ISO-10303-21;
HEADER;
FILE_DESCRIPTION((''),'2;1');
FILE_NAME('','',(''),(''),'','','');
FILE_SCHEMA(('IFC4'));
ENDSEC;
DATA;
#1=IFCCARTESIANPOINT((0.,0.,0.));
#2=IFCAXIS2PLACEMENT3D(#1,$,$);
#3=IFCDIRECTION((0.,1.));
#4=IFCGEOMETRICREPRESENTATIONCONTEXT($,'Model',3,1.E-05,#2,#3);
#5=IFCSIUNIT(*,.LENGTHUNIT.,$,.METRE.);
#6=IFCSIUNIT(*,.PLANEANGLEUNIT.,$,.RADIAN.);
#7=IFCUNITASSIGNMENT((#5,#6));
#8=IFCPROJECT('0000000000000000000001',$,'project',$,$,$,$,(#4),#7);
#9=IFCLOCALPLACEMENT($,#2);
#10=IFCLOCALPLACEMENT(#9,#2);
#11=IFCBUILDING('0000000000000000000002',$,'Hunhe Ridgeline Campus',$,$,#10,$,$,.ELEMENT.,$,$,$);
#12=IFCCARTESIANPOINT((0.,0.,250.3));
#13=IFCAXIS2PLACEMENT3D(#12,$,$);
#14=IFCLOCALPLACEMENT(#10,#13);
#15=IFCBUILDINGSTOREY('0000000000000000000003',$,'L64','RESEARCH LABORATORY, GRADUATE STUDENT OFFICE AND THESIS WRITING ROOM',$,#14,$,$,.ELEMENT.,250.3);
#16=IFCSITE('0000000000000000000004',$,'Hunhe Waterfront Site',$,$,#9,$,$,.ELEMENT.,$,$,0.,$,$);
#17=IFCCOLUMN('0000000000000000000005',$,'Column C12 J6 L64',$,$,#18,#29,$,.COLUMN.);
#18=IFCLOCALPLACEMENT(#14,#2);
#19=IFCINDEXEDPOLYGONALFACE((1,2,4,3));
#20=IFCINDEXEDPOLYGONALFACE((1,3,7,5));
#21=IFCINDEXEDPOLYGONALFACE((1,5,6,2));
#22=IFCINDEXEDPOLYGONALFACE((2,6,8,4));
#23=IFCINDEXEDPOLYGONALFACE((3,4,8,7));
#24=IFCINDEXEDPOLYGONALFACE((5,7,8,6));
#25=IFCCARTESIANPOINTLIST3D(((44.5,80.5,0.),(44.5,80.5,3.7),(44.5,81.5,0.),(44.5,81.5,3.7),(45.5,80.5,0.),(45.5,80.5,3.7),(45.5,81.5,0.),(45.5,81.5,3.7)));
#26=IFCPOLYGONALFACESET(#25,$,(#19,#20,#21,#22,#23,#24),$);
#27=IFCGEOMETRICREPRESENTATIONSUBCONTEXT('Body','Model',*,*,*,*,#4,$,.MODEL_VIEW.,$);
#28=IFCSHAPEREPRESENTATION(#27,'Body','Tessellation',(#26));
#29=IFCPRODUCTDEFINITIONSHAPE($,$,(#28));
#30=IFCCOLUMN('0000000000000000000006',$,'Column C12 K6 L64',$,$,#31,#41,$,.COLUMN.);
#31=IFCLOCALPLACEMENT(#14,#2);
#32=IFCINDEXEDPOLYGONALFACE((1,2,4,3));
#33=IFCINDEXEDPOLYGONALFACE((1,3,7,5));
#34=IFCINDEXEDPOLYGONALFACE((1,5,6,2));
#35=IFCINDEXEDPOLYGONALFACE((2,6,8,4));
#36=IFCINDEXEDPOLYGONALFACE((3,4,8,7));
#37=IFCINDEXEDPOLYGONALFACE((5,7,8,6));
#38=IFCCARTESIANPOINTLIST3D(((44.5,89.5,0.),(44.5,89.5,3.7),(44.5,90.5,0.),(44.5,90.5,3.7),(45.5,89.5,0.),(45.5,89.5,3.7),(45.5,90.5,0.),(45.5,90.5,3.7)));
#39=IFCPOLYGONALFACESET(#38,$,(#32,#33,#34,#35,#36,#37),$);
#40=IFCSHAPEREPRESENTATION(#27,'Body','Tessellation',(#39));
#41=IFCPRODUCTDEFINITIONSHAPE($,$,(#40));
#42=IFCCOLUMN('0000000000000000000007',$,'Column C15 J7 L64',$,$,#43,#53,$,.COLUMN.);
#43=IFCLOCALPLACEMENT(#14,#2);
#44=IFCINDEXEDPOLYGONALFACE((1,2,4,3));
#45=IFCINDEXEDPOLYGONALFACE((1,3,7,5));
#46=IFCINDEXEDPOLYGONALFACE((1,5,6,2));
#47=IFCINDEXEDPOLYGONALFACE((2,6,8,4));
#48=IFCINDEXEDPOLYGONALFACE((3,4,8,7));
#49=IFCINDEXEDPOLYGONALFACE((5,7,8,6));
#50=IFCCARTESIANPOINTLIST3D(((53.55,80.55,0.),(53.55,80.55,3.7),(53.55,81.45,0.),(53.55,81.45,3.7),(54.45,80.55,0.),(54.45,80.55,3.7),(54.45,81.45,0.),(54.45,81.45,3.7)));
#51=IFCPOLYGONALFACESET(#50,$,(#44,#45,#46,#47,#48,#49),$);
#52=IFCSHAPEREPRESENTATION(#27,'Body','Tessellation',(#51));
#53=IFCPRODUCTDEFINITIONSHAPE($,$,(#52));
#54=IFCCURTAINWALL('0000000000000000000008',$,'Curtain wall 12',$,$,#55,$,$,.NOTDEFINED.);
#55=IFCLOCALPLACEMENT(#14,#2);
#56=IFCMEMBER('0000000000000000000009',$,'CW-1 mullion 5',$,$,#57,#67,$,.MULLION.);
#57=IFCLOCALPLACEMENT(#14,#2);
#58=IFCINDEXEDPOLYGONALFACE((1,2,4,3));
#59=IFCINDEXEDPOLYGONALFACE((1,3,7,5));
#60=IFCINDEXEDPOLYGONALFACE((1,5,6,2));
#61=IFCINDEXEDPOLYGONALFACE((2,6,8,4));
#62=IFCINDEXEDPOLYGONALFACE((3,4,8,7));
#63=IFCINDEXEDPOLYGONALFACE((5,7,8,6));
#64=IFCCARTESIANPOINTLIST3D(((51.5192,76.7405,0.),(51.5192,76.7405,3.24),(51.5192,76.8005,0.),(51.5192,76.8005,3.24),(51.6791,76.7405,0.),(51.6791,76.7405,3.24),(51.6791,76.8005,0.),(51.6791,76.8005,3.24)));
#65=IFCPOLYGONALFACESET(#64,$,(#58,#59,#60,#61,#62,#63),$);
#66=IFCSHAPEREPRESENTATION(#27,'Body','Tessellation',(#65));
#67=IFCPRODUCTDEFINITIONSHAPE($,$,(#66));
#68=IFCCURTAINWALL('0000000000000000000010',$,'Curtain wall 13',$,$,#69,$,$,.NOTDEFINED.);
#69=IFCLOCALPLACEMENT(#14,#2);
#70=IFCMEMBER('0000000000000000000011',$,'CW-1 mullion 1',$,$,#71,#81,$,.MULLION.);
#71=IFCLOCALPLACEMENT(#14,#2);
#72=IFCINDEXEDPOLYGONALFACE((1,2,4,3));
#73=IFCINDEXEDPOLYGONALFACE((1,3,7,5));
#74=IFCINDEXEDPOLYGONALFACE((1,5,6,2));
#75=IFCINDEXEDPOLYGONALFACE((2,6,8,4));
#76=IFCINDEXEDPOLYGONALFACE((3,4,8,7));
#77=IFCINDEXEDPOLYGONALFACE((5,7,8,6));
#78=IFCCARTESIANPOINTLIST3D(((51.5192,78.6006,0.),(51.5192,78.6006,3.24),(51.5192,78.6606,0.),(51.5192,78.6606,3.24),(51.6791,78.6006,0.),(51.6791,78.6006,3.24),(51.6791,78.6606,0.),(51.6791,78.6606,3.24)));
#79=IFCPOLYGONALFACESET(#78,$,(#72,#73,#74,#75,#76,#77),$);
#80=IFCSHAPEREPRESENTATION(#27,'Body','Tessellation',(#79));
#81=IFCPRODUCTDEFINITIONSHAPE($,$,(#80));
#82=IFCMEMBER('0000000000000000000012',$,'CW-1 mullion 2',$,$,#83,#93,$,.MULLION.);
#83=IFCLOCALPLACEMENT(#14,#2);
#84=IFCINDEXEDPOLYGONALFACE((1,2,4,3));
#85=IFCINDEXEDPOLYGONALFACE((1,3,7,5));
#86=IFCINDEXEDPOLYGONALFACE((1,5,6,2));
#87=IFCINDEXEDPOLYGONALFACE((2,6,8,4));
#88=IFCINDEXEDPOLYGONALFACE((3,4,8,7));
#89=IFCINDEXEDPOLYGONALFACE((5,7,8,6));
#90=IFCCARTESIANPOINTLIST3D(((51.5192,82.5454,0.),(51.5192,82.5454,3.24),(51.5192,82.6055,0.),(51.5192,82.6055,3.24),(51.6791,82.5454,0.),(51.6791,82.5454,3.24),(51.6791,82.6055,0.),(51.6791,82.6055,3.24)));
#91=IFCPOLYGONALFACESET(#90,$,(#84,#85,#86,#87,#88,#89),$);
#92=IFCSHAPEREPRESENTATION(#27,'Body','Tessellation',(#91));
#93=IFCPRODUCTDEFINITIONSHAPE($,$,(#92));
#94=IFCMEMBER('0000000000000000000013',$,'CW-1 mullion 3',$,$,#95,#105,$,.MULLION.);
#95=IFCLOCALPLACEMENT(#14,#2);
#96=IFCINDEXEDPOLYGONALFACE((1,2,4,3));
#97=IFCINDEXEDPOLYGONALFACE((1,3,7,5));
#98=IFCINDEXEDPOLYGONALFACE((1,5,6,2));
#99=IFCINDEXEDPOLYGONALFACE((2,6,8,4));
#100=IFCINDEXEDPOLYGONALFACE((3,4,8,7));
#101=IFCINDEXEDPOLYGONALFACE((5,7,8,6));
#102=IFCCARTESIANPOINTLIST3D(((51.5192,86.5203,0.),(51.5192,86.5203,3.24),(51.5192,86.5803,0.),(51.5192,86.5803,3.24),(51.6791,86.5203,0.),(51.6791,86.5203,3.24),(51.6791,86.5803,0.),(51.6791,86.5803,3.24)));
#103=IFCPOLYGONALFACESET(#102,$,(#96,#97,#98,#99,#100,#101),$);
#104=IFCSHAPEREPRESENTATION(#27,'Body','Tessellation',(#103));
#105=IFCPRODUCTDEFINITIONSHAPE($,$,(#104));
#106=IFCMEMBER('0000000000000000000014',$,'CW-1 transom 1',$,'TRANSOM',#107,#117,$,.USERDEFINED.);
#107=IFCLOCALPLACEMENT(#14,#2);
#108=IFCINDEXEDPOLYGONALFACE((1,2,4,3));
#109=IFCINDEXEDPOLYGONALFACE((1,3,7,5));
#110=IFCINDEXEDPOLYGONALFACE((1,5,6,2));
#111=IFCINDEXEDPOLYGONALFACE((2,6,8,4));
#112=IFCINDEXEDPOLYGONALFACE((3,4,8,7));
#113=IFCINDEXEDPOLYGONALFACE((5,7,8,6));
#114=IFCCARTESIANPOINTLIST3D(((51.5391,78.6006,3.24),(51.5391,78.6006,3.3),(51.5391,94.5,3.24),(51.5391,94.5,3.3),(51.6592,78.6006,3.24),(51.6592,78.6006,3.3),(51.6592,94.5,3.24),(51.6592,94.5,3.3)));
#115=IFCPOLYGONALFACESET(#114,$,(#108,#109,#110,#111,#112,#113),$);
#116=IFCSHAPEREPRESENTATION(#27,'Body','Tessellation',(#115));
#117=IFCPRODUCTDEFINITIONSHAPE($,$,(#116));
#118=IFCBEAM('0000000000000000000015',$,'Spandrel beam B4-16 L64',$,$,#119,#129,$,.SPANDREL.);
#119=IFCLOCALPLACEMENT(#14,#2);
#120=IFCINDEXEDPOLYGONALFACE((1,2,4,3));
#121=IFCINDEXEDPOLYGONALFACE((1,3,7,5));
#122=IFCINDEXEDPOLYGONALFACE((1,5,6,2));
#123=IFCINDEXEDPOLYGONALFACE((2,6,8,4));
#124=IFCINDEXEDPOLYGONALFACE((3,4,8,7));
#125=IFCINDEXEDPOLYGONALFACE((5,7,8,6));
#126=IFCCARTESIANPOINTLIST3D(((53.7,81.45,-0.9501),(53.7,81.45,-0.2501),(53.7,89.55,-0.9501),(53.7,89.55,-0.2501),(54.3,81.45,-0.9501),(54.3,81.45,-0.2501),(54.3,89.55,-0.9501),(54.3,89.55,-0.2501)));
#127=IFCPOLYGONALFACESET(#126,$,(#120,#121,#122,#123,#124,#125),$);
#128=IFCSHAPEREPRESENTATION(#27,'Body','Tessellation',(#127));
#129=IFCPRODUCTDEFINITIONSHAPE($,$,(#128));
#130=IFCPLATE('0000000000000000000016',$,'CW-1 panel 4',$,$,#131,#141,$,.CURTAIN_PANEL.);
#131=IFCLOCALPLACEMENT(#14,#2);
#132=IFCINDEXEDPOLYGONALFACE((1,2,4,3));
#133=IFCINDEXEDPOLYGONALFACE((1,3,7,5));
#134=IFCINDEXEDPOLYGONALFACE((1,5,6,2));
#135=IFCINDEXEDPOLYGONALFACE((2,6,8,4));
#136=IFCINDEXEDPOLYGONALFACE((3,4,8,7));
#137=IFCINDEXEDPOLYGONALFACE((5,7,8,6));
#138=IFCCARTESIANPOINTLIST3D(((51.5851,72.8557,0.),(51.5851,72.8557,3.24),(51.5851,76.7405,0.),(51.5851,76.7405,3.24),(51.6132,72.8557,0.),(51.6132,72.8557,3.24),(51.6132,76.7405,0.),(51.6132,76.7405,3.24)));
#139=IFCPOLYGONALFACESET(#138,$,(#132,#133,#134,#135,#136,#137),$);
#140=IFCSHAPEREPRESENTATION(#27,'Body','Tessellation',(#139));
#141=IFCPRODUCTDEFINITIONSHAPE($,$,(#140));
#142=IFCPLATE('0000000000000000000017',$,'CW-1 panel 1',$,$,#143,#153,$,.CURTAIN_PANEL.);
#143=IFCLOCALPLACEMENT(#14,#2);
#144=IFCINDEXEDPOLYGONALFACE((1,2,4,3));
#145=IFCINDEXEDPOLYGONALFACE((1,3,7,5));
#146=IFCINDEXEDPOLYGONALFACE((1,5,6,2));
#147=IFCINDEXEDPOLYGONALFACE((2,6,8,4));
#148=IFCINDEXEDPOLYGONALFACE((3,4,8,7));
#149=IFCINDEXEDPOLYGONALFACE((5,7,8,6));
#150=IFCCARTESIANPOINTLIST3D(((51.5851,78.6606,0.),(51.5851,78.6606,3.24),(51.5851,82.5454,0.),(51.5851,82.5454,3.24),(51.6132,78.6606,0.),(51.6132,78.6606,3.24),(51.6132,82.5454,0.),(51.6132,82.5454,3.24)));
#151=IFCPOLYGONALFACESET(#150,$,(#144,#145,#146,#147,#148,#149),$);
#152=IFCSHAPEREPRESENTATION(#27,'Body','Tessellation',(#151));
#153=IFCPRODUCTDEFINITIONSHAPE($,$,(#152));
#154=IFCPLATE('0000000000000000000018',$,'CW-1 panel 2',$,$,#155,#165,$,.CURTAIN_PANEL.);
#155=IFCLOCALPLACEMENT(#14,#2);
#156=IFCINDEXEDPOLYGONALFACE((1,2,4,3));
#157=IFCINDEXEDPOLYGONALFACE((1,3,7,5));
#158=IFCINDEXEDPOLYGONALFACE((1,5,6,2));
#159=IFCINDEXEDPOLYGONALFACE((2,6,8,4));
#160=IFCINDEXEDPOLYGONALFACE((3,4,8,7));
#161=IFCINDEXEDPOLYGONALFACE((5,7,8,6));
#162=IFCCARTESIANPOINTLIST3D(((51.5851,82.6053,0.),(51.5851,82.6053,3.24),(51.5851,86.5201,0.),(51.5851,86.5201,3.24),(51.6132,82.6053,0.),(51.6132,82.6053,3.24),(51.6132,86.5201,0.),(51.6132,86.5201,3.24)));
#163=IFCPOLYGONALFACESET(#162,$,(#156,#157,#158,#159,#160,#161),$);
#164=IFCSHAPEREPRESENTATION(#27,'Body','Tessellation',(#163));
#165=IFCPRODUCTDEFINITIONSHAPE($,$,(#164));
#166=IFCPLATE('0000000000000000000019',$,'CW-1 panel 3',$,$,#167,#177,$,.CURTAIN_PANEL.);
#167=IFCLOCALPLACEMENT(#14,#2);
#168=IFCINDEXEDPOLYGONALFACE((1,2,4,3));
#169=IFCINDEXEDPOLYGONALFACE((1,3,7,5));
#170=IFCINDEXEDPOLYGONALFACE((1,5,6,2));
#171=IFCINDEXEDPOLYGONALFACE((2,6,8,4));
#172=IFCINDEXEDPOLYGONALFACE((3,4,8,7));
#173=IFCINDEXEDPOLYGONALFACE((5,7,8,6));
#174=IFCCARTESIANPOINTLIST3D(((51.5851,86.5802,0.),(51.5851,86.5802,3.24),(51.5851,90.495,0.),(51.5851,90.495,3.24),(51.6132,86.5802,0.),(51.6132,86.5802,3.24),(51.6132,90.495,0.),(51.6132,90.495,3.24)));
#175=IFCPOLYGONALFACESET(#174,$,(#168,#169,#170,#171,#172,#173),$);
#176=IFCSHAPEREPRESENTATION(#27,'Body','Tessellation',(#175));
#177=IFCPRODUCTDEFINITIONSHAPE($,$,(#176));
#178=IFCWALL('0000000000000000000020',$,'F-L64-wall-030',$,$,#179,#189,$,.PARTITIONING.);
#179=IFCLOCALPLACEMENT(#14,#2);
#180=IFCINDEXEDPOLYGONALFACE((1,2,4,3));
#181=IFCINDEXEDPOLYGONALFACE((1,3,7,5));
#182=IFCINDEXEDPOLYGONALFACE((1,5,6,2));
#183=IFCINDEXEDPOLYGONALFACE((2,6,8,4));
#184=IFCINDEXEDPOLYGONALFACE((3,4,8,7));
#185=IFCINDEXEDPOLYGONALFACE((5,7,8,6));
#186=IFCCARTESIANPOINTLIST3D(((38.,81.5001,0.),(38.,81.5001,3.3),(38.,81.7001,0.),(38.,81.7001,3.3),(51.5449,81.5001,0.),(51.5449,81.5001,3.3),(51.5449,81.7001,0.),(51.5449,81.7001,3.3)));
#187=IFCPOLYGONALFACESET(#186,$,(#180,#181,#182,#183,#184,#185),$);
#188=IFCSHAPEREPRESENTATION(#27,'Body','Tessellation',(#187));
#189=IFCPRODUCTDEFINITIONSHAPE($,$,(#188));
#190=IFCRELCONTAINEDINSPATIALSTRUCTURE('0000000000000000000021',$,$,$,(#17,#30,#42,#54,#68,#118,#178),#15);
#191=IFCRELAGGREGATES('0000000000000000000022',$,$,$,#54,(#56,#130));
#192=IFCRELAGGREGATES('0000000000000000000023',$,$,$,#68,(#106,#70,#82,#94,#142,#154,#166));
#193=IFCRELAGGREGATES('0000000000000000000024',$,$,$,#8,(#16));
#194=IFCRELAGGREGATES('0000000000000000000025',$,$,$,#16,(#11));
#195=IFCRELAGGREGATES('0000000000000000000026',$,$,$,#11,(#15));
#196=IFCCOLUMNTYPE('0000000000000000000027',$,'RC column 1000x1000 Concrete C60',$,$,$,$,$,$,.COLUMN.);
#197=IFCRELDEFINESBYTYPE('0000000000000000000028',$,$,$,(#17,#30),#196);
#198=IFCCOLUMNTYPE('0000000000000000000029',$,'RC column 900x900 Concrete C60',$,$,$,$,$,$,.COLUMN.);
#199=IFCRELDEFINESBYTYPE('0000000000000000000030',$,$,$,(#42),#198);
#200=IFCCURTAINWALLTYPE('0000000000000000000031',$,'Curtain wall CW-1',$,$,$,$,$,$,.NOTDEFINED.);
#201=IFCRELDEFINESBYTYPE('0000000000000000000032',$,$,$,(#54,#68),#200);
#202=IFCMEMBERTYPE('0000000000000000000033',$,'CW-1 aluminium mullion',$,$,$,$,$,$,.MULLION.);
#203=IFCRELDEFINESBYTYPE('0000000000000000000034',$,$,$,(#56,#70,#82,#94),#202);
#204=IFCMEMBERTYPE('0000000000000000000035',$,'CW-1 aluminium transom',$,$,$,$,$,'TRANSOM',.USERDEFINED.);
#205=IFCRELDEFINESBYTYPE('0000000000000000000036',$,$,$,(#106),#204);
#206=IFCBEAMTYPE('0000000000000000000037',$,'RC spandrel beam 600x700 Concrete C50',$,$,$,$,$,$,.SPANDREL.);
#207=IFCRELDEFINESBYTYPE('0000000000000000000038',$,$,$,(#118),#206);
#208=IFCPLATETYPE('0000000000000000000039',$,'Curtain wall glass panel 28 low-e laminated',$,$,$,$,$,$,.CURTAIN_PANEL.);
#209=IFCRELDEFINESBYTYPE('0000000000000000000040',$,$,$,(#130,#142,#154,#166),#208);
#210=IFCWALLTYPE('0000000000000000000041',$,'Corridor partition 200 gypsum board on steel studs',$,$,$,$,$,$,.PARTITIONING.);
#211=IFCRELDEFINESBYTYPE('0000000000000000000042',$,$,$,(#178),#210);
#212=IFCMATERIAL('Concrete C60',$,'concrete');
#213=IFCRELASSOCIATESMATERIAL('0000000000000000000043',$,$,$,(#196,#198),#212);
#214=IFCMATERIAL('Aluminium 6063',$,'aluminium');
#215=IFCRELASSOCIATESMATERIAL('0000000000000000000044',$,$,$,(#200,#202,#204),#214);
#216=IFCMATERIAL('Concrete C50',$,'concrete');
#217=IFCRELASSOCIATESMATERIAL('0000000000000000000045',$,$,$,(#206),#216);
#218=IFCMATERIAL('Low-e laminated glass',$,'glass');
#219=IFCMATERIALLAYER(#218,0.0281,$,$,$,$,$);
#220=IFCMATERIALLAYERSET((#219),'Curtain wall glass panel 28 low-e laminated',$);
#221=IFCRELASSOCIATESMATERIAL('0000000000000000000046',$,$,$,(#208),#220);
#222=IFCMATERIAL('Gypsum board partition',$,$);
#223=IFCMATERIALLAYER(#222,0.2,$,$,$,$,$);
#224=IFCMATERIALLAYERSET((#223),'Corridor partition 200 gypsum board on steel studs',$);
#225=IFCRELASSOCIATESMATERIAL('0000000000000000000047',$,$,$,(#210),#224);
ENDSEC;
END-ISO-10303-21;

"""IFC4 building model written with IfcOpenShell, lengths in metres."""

from ifc_helpers import new_model, si_unit, direction, frame, frame_2d, origin, origin_2d, place, context, subcontext, project, spatial, rectangle, extrude, material, layer, layer_set, material_profile, profile_set, type_object, element, aggregate, save


model = new_model("IFC4")

# Units and contexts
model_context = context("Model", 3, precision=1e-05, world=origin(), true_north=direction((0.0, 1.0)))
body_context = subcontext(model_context, "Body", "Model", "MODEL_VIEW")
ifc_project = project(units=[si_unit("LENGTHUNIT", "METRE"), si_unit("PLANEANGLEUNIT", "RADIAN")], contexts=[model_context])

# Site, building, storey
site_placement = place(None, origin())
site = spatial("IfcSite", under=ifc_project, at=site_placement, Name="Hunhe Waterfront Site", CompositionType="ELEMENT", RefElevation=0.0)
building_placement = place(site_placement, origin())
building = spatial("IfcBuilding", under=site, at=building_placement, Name="Hunhe Ridgeline Campus", CompositionType="ELEMENT")
storey_placement = place(building_placement, frame((0.0, 0.0, 250.3)))
storey = spatial("IfcBuildingStorey", under=building, at=storey_placement, Name="L64", Description="RESEARCH LABORATORY, GRADUATE STUDENT OFFICE AND THESIS WRITING ROOM", CompositionType="ELEMENT", Elevation=250.3)

# Columns
ifc_material_1 = material(Name="Concrete C60", Category="concrete")
ifc_material_profile_1 = material_profile(ifc_material_1, rectangle(XDim=1.0, YDim=1.0, at=origin_2d()))
ifc_profile_set_1 = profile_set([ifc_material_profile_1], Name="Concrete C60")
column_type_1 = type_object("IfcColumnType", Name="RC column 1000x1000 Concrete C60", PredefinedType="COLUMN", material=ifc_profile_set_1)
for number, where, z_axis, x_axis, name in (
    (1, (45.0, 81.0, 0.0), (0.0, 0.0, 1.0), (1.0, 0.0, 0.0), "Column C12 J6 L64"),
    (2, (45.0, 90.0, 0.0), (0.0, 0.0, 1.0), (1.0, 0.0, 0.0), "Column C12 K6 L64"),
):
    element("IfcColumn", number, at=place(storey_placement, frame(where, z_axis=z_axis, x_axis=x_axis)), inside=storey, type_object=column_type_1, Name=name, PredefinedType="COLUMN", context=body_context, shape_type="SweptSolid", body=[
        extrude(rectangle(XDim=1.0, YDim=1.0, at=origin_2d()), origin(), (0.0, 0.0, 1.0), 3.7),
    ])
ifc_material_profile_2 = material_profile(ifc_material_1, rectangle(XDim=0.8999, YDim=0.8999, at=origin_2d()))
ifc_profile_set_2 = profile_set([ifc_material_profile_2], Name="Concrete C60")
column_type_2 = type_object("IfcColumnType", Name="RC column 900x900 Concrete C60", PredefinedType="COLUMN", material=ifc_profile_set_2)
column_placement = place(storey_placement, frame((54.0, 81.0, 0.0), z_axis=(0.0, 0.0, 1.0), x_axis=(1.0, 0.0, 0.0)))
element("IfcColumn", 3, at=column_placement, inside=storey, type_object=column_type_2, Name="Column C15 J7 L64", PredefinedType="COLUMN", context=body_context, shape_type="SweptSolid", body=[
    extrude(rectangle(XDim=0.8999, YDim=0.8999, at=origin_2d()), origin(), (0.0, 0.0, 1.0), 3.7),
])

# Curtain wall, member
ifc_material_2 = material(Name="Aluminium 6063", Category="aluminium")
curtain_wall_type = type_object("IfcCurtainWallType", Name="Curtain wall CW-1", PredefinedType="NOTDEFINED", material=ifc_material_2)
curtain_wall_1_placement = place(storey_placement, origin())
curtain_wall_1 = element("IfcCurtainWall", 4, at=curtain_wall_1_placement, inside=storey, type_object=curtain_wall_type, Name="Curtain wall 12", PredefinedType="NOTDEFINED")
ifc_material_profile_3 = material_profile(ifc_material_2, rectangle(XDim=0.1599, YDim=0.0601, at=origin_2d()))
ifc_profile_set_3 = profile_set([ifc_material_profile_3], Name="Aluminium 6063")
member_type_1 = type_object("IfcMemberType", Name="CW-1 aluminium mullion", PredefinedType="MULLION", material=ifc_profile_set_3)
member_1_placement = place(storey_placement, frame((51.5991, 76.7705, 0.0), z_axis=(0.0, 0.0, 1.0), x_axis=(-1.0, 0.0, 0.0)))
member_1 = element("IfcMember", 5, at=member_1_placement, type_object=member_type_1, Name="CW-1 mullion 5", PredefinedType="MULLION", context=body_context, shape_type="SweptSolid", body=[
    extrude(rectangle(XDim=0.1599, YDim=0.0601, at=origin_2d()), origin(), (0.0, 0.0, 1.0), 3.24),
])

# Curtain wall, members
curtain_wall_2_placement = place(storey_placement, origin())
curtain_wall_2 = element("IfcCurtainWall", 6, at=curtain_wall_2_placement, inside=storey, type_object=curtain_wall_type, Name="Curtain wall 13", PredefinedType="NOTDEFINED")
member_2_placement = place(storey_placement, frame((51.5991, 78.6306, 0.0), z_axis=(0.0, 0.0, 1.0), x_axis=(-1.0, 0.0, 0.0)))
member_2 = element("IfcMember", 7, at=member_2_placement, type_object=member_type_1, Name="CW-1 mullion 1", PredefinedType="MULLION", context=body_context, shape_type="SweptSolid", body=[
    extrude(rectangle(XDim=0.1599, YDim=0.0601, at=origin_2d()), origin(), (0.0, 0.0, 1.0), 3.24),
])
member_3_placement = place(storey_placement, frame((51.5991, 82.5754, 0.0), z_axis=(0.0, 0.0, 1.0), x_axis=(-1.0, 0.0, 0.0)))
member_3 = element("IfcMember", 8, at=member_3_placement, type_object=member_type_1, Name="CW-1 mullion 2", PredefinedType="MULLION", context=body_context, shape_type="SweptSolid", body=[
    extrude(rectangle(XDim=0.1599, YDim=0.0601, at=origin_2d()), origin(), (0.0, 0.0, 1.0), 3.24),
])
member_4_placement = place(storey_placement, frame((51.5991, 86.5503, 0.0), z_axis=(0.0, 0.0, 1.0), x_axis=(-1.0, 0.0, 0.0)))
member_4 = element("IfcMember", 9, at=member_4_placement, type_object=member_type_1, Name="CW-1 mullion 3", PredefinedType="MULLION", context=body_context, shape_type="SweptSolid", body=[
    extrude(rectangle(XDim=0.1599, YDim=0.0601, at=origin_2d()), origin(), (0.0, 0.0, 1.0), 3.24),
])
ifc_material_profile_4 = material_profile(ifc_material_2, rectangle(XDim=0.1201, YDim=0.0601, at=origin_2d()))
ifc_profile_set_4 = profile_set([ifc_material_profile_4], Name="Aluminium 6063")
member_type_2 = type_object("IfcMemberType", Name="CW-1 aluminium transom", ElementType="TRANSOM", PredefinedType="USERDEFINED", material=ifc_profile_set_4)
member_5_placement = place(storey_placement, frame((51.5991, 78.6006, 3.27), z_axis=(0.0, 1.0, 0.0), x_axis=(-1.0, 0.0, 0.0)))
member_5 = element("IfcMember", 10, at=member_5_placement, type_object=member_type_2, Name="CW-1 transom 1", ObjectType="TRANSOM", PredefinedType="USERDEFINED", context=body_context, shape_type="SweptSolid", body=[
    extrude(rectangle(XDim=0.1201, YDim=0.0601, at=origin_2d()), origin(), (0.0, 0.0, 1.0), 15.8994),
])

# Beam
ifc_material_3 = material(Name="Concrete C50", Category="concrete")
ifc_material_profile_5 = material_profile(ifc_material_3, rectangle(XDim=0.6001, YDim=0.7, at=origin_2d()))
ifc_profile_set_5 = profile_set([ifc_material_profile_5], Name="Concrete C50")
beam_type = type_object("IfcBeamType", Name="RC spandrel beam 600x700 Concrete C50", PredefinedType="SPANDREL", material=ifc_profile_set_5)
beam_placement = place(storey_placement, frame((54.0, 81.45, -0.6001), z_axis=(0.0, 1.0, 0.0), x_axis=(-1.0, 0.0, 0.0)))
element("IfcBeam", 11, at=beam_placement, inside=storey, type_object=beam_type, Name="Spandrel beam B4-16 L64", PredefinedType="SPANDREL", context=body_context, shape_type="SweptSolid", body=[
    extrude(rectangle(XDim=0.6001, YDim=0.7, at=origin_2d()), origin(), (0.0, 0.0, 1.0), 8.1001),
])

# Plates
ifc_material_4 = material(Name="Low-e laminated glass", Category="glass")
ifc_layer_1 = layer(ifc_material_4, 0.0281)
ifc_layer_set_1 = layer_set([ifc_layer_1], Name="Curtain wall glass panel 28 low-e laminated")
plate_type = type_object("IfcPlateType", Name="Curtain wall glass panel 28 low-e laminated", PredefinedType="CURTAIN_PANEL", material=ifc_layer_set_1)
plate_1_placement = place(storey_placement, frame((51.5991, 74.7981, 0.0), z_axis=(0.0, 0.0, 1.0), x_axis=(0.0, 1.0, 0.0)))
plate_1 = element("IfcPlate", 12, at=plate_1_placement, type_object=plate_type, Name="CW-1 panel 4", PredefinedType="CURTAIN_PANEL", context=body_context, shape_type="SweptSolid", body=[
    extrude(rectangle(XDim=3.8848, YDim=0.0281, at=origin_2d()), origin(), (0.0, 0.0, 1.0), 3.24),
])
aggregate(curtain_wall_1, [member_1, plate_1])
plate_2_placement = place(storey_placement, frame((51.5991, 80.603, 0.0), z_axis=(0.0, 0.0, 1.0), x_axis=(0.0, 1.0, 0.0)))
plate_2 = element("IfcPlate", 13, at=plate_2_placement, type_object=plate_type, Name="CW-1 panel 1", PredefinedType="CURTAIN_PANEL", context=body_context, shape_type="SweptSolid", body=[
    extrude(rectangle(XDim=3.8848, YDim=0.0281, at=origin_2d()), origin(), (0.0, 0.0, 1.0), 3.24),
])
plate_3_placement = place(storey_placement, frame((51.5991, 84.5627, 0.0), z_axis=(0.0, 0.0, 1.0), x_axis=(0.0, 1.0, 0.0)))
plate_3 = element("IfcPlate", 14, at=plate_3_placement, type_object=plate_type, Name="CW-1 panel 2", PredefinedType="CURTAIN_PANEL", context=body_context, shape_type="SweptSolid", body=[
    extrude(rectangle(XDim=3.9148, YDim=0.0281, at=origin_2d()), origin(), (0.0, 0.0, 1.0), 3.24),
])
plate_4_placement = place(storey_placement, frame((51.5991, 88.5376, 0.0), z_axis=(0.0, 0.0, 1.0), x_axis=(0.0, 1.0, 0.0)))
plate_4 = element("IfcPlate", 15, at=plate_4_placement, type_object=plate_type, Name="CW-1 panel 3", PredefinedType="CURTAIN_PANEL", context=body_context, shape_type="SweptSolid", body=[
    extrude(rectangle(XDim=3.9148, YDim=0.0281, at=origin_2d()), origin(), (0.0, 0.0, 1.0), 3.24),
])
aggregate(curtain_wall_2, [member_5, member_2, member_3, member_4, plate_2, plate_3, plate_4])

# Shared definitions
ifc_material_5 = material(Name="Gypsum board partition")
ifc_layer_2 = layer(ifc_material_5, 0.2)
ifc_layer_set_2 = layer_set([ifc_layer_2], Name="Corridor partition 200 gypsum board on steel studs")
wall_type_1 = type_object("IfcWallType", Name="Corridor partition 200 gypsum board on steel studs", PredefinedType="PARTITIONING", material=ifc_layer_set_2)

# Wall
wall_1_placement = place(storey_placement, frame((51.5449, 81.6001, 0.0), z_axis=(0.0, 0.0, 1.0), x_axis=(-1.0, 0.0, 0.0)))
element("IfcWall", 16, at=wall_1_placement, inside=storey, type_object=wall_type_1, Name="F-L64-wall-030", PredefinedType="PARTITIONING", context=body_context, shape_type="SweptSolid", body=[
    extrude(rectangle(XDim=13.5449, YDim=0.2, at=frame_2d((6.7725, 0.0))), origin(), (0.0, 0.0, 1.0), 3.3),
])

save(model, "model.ifc")
